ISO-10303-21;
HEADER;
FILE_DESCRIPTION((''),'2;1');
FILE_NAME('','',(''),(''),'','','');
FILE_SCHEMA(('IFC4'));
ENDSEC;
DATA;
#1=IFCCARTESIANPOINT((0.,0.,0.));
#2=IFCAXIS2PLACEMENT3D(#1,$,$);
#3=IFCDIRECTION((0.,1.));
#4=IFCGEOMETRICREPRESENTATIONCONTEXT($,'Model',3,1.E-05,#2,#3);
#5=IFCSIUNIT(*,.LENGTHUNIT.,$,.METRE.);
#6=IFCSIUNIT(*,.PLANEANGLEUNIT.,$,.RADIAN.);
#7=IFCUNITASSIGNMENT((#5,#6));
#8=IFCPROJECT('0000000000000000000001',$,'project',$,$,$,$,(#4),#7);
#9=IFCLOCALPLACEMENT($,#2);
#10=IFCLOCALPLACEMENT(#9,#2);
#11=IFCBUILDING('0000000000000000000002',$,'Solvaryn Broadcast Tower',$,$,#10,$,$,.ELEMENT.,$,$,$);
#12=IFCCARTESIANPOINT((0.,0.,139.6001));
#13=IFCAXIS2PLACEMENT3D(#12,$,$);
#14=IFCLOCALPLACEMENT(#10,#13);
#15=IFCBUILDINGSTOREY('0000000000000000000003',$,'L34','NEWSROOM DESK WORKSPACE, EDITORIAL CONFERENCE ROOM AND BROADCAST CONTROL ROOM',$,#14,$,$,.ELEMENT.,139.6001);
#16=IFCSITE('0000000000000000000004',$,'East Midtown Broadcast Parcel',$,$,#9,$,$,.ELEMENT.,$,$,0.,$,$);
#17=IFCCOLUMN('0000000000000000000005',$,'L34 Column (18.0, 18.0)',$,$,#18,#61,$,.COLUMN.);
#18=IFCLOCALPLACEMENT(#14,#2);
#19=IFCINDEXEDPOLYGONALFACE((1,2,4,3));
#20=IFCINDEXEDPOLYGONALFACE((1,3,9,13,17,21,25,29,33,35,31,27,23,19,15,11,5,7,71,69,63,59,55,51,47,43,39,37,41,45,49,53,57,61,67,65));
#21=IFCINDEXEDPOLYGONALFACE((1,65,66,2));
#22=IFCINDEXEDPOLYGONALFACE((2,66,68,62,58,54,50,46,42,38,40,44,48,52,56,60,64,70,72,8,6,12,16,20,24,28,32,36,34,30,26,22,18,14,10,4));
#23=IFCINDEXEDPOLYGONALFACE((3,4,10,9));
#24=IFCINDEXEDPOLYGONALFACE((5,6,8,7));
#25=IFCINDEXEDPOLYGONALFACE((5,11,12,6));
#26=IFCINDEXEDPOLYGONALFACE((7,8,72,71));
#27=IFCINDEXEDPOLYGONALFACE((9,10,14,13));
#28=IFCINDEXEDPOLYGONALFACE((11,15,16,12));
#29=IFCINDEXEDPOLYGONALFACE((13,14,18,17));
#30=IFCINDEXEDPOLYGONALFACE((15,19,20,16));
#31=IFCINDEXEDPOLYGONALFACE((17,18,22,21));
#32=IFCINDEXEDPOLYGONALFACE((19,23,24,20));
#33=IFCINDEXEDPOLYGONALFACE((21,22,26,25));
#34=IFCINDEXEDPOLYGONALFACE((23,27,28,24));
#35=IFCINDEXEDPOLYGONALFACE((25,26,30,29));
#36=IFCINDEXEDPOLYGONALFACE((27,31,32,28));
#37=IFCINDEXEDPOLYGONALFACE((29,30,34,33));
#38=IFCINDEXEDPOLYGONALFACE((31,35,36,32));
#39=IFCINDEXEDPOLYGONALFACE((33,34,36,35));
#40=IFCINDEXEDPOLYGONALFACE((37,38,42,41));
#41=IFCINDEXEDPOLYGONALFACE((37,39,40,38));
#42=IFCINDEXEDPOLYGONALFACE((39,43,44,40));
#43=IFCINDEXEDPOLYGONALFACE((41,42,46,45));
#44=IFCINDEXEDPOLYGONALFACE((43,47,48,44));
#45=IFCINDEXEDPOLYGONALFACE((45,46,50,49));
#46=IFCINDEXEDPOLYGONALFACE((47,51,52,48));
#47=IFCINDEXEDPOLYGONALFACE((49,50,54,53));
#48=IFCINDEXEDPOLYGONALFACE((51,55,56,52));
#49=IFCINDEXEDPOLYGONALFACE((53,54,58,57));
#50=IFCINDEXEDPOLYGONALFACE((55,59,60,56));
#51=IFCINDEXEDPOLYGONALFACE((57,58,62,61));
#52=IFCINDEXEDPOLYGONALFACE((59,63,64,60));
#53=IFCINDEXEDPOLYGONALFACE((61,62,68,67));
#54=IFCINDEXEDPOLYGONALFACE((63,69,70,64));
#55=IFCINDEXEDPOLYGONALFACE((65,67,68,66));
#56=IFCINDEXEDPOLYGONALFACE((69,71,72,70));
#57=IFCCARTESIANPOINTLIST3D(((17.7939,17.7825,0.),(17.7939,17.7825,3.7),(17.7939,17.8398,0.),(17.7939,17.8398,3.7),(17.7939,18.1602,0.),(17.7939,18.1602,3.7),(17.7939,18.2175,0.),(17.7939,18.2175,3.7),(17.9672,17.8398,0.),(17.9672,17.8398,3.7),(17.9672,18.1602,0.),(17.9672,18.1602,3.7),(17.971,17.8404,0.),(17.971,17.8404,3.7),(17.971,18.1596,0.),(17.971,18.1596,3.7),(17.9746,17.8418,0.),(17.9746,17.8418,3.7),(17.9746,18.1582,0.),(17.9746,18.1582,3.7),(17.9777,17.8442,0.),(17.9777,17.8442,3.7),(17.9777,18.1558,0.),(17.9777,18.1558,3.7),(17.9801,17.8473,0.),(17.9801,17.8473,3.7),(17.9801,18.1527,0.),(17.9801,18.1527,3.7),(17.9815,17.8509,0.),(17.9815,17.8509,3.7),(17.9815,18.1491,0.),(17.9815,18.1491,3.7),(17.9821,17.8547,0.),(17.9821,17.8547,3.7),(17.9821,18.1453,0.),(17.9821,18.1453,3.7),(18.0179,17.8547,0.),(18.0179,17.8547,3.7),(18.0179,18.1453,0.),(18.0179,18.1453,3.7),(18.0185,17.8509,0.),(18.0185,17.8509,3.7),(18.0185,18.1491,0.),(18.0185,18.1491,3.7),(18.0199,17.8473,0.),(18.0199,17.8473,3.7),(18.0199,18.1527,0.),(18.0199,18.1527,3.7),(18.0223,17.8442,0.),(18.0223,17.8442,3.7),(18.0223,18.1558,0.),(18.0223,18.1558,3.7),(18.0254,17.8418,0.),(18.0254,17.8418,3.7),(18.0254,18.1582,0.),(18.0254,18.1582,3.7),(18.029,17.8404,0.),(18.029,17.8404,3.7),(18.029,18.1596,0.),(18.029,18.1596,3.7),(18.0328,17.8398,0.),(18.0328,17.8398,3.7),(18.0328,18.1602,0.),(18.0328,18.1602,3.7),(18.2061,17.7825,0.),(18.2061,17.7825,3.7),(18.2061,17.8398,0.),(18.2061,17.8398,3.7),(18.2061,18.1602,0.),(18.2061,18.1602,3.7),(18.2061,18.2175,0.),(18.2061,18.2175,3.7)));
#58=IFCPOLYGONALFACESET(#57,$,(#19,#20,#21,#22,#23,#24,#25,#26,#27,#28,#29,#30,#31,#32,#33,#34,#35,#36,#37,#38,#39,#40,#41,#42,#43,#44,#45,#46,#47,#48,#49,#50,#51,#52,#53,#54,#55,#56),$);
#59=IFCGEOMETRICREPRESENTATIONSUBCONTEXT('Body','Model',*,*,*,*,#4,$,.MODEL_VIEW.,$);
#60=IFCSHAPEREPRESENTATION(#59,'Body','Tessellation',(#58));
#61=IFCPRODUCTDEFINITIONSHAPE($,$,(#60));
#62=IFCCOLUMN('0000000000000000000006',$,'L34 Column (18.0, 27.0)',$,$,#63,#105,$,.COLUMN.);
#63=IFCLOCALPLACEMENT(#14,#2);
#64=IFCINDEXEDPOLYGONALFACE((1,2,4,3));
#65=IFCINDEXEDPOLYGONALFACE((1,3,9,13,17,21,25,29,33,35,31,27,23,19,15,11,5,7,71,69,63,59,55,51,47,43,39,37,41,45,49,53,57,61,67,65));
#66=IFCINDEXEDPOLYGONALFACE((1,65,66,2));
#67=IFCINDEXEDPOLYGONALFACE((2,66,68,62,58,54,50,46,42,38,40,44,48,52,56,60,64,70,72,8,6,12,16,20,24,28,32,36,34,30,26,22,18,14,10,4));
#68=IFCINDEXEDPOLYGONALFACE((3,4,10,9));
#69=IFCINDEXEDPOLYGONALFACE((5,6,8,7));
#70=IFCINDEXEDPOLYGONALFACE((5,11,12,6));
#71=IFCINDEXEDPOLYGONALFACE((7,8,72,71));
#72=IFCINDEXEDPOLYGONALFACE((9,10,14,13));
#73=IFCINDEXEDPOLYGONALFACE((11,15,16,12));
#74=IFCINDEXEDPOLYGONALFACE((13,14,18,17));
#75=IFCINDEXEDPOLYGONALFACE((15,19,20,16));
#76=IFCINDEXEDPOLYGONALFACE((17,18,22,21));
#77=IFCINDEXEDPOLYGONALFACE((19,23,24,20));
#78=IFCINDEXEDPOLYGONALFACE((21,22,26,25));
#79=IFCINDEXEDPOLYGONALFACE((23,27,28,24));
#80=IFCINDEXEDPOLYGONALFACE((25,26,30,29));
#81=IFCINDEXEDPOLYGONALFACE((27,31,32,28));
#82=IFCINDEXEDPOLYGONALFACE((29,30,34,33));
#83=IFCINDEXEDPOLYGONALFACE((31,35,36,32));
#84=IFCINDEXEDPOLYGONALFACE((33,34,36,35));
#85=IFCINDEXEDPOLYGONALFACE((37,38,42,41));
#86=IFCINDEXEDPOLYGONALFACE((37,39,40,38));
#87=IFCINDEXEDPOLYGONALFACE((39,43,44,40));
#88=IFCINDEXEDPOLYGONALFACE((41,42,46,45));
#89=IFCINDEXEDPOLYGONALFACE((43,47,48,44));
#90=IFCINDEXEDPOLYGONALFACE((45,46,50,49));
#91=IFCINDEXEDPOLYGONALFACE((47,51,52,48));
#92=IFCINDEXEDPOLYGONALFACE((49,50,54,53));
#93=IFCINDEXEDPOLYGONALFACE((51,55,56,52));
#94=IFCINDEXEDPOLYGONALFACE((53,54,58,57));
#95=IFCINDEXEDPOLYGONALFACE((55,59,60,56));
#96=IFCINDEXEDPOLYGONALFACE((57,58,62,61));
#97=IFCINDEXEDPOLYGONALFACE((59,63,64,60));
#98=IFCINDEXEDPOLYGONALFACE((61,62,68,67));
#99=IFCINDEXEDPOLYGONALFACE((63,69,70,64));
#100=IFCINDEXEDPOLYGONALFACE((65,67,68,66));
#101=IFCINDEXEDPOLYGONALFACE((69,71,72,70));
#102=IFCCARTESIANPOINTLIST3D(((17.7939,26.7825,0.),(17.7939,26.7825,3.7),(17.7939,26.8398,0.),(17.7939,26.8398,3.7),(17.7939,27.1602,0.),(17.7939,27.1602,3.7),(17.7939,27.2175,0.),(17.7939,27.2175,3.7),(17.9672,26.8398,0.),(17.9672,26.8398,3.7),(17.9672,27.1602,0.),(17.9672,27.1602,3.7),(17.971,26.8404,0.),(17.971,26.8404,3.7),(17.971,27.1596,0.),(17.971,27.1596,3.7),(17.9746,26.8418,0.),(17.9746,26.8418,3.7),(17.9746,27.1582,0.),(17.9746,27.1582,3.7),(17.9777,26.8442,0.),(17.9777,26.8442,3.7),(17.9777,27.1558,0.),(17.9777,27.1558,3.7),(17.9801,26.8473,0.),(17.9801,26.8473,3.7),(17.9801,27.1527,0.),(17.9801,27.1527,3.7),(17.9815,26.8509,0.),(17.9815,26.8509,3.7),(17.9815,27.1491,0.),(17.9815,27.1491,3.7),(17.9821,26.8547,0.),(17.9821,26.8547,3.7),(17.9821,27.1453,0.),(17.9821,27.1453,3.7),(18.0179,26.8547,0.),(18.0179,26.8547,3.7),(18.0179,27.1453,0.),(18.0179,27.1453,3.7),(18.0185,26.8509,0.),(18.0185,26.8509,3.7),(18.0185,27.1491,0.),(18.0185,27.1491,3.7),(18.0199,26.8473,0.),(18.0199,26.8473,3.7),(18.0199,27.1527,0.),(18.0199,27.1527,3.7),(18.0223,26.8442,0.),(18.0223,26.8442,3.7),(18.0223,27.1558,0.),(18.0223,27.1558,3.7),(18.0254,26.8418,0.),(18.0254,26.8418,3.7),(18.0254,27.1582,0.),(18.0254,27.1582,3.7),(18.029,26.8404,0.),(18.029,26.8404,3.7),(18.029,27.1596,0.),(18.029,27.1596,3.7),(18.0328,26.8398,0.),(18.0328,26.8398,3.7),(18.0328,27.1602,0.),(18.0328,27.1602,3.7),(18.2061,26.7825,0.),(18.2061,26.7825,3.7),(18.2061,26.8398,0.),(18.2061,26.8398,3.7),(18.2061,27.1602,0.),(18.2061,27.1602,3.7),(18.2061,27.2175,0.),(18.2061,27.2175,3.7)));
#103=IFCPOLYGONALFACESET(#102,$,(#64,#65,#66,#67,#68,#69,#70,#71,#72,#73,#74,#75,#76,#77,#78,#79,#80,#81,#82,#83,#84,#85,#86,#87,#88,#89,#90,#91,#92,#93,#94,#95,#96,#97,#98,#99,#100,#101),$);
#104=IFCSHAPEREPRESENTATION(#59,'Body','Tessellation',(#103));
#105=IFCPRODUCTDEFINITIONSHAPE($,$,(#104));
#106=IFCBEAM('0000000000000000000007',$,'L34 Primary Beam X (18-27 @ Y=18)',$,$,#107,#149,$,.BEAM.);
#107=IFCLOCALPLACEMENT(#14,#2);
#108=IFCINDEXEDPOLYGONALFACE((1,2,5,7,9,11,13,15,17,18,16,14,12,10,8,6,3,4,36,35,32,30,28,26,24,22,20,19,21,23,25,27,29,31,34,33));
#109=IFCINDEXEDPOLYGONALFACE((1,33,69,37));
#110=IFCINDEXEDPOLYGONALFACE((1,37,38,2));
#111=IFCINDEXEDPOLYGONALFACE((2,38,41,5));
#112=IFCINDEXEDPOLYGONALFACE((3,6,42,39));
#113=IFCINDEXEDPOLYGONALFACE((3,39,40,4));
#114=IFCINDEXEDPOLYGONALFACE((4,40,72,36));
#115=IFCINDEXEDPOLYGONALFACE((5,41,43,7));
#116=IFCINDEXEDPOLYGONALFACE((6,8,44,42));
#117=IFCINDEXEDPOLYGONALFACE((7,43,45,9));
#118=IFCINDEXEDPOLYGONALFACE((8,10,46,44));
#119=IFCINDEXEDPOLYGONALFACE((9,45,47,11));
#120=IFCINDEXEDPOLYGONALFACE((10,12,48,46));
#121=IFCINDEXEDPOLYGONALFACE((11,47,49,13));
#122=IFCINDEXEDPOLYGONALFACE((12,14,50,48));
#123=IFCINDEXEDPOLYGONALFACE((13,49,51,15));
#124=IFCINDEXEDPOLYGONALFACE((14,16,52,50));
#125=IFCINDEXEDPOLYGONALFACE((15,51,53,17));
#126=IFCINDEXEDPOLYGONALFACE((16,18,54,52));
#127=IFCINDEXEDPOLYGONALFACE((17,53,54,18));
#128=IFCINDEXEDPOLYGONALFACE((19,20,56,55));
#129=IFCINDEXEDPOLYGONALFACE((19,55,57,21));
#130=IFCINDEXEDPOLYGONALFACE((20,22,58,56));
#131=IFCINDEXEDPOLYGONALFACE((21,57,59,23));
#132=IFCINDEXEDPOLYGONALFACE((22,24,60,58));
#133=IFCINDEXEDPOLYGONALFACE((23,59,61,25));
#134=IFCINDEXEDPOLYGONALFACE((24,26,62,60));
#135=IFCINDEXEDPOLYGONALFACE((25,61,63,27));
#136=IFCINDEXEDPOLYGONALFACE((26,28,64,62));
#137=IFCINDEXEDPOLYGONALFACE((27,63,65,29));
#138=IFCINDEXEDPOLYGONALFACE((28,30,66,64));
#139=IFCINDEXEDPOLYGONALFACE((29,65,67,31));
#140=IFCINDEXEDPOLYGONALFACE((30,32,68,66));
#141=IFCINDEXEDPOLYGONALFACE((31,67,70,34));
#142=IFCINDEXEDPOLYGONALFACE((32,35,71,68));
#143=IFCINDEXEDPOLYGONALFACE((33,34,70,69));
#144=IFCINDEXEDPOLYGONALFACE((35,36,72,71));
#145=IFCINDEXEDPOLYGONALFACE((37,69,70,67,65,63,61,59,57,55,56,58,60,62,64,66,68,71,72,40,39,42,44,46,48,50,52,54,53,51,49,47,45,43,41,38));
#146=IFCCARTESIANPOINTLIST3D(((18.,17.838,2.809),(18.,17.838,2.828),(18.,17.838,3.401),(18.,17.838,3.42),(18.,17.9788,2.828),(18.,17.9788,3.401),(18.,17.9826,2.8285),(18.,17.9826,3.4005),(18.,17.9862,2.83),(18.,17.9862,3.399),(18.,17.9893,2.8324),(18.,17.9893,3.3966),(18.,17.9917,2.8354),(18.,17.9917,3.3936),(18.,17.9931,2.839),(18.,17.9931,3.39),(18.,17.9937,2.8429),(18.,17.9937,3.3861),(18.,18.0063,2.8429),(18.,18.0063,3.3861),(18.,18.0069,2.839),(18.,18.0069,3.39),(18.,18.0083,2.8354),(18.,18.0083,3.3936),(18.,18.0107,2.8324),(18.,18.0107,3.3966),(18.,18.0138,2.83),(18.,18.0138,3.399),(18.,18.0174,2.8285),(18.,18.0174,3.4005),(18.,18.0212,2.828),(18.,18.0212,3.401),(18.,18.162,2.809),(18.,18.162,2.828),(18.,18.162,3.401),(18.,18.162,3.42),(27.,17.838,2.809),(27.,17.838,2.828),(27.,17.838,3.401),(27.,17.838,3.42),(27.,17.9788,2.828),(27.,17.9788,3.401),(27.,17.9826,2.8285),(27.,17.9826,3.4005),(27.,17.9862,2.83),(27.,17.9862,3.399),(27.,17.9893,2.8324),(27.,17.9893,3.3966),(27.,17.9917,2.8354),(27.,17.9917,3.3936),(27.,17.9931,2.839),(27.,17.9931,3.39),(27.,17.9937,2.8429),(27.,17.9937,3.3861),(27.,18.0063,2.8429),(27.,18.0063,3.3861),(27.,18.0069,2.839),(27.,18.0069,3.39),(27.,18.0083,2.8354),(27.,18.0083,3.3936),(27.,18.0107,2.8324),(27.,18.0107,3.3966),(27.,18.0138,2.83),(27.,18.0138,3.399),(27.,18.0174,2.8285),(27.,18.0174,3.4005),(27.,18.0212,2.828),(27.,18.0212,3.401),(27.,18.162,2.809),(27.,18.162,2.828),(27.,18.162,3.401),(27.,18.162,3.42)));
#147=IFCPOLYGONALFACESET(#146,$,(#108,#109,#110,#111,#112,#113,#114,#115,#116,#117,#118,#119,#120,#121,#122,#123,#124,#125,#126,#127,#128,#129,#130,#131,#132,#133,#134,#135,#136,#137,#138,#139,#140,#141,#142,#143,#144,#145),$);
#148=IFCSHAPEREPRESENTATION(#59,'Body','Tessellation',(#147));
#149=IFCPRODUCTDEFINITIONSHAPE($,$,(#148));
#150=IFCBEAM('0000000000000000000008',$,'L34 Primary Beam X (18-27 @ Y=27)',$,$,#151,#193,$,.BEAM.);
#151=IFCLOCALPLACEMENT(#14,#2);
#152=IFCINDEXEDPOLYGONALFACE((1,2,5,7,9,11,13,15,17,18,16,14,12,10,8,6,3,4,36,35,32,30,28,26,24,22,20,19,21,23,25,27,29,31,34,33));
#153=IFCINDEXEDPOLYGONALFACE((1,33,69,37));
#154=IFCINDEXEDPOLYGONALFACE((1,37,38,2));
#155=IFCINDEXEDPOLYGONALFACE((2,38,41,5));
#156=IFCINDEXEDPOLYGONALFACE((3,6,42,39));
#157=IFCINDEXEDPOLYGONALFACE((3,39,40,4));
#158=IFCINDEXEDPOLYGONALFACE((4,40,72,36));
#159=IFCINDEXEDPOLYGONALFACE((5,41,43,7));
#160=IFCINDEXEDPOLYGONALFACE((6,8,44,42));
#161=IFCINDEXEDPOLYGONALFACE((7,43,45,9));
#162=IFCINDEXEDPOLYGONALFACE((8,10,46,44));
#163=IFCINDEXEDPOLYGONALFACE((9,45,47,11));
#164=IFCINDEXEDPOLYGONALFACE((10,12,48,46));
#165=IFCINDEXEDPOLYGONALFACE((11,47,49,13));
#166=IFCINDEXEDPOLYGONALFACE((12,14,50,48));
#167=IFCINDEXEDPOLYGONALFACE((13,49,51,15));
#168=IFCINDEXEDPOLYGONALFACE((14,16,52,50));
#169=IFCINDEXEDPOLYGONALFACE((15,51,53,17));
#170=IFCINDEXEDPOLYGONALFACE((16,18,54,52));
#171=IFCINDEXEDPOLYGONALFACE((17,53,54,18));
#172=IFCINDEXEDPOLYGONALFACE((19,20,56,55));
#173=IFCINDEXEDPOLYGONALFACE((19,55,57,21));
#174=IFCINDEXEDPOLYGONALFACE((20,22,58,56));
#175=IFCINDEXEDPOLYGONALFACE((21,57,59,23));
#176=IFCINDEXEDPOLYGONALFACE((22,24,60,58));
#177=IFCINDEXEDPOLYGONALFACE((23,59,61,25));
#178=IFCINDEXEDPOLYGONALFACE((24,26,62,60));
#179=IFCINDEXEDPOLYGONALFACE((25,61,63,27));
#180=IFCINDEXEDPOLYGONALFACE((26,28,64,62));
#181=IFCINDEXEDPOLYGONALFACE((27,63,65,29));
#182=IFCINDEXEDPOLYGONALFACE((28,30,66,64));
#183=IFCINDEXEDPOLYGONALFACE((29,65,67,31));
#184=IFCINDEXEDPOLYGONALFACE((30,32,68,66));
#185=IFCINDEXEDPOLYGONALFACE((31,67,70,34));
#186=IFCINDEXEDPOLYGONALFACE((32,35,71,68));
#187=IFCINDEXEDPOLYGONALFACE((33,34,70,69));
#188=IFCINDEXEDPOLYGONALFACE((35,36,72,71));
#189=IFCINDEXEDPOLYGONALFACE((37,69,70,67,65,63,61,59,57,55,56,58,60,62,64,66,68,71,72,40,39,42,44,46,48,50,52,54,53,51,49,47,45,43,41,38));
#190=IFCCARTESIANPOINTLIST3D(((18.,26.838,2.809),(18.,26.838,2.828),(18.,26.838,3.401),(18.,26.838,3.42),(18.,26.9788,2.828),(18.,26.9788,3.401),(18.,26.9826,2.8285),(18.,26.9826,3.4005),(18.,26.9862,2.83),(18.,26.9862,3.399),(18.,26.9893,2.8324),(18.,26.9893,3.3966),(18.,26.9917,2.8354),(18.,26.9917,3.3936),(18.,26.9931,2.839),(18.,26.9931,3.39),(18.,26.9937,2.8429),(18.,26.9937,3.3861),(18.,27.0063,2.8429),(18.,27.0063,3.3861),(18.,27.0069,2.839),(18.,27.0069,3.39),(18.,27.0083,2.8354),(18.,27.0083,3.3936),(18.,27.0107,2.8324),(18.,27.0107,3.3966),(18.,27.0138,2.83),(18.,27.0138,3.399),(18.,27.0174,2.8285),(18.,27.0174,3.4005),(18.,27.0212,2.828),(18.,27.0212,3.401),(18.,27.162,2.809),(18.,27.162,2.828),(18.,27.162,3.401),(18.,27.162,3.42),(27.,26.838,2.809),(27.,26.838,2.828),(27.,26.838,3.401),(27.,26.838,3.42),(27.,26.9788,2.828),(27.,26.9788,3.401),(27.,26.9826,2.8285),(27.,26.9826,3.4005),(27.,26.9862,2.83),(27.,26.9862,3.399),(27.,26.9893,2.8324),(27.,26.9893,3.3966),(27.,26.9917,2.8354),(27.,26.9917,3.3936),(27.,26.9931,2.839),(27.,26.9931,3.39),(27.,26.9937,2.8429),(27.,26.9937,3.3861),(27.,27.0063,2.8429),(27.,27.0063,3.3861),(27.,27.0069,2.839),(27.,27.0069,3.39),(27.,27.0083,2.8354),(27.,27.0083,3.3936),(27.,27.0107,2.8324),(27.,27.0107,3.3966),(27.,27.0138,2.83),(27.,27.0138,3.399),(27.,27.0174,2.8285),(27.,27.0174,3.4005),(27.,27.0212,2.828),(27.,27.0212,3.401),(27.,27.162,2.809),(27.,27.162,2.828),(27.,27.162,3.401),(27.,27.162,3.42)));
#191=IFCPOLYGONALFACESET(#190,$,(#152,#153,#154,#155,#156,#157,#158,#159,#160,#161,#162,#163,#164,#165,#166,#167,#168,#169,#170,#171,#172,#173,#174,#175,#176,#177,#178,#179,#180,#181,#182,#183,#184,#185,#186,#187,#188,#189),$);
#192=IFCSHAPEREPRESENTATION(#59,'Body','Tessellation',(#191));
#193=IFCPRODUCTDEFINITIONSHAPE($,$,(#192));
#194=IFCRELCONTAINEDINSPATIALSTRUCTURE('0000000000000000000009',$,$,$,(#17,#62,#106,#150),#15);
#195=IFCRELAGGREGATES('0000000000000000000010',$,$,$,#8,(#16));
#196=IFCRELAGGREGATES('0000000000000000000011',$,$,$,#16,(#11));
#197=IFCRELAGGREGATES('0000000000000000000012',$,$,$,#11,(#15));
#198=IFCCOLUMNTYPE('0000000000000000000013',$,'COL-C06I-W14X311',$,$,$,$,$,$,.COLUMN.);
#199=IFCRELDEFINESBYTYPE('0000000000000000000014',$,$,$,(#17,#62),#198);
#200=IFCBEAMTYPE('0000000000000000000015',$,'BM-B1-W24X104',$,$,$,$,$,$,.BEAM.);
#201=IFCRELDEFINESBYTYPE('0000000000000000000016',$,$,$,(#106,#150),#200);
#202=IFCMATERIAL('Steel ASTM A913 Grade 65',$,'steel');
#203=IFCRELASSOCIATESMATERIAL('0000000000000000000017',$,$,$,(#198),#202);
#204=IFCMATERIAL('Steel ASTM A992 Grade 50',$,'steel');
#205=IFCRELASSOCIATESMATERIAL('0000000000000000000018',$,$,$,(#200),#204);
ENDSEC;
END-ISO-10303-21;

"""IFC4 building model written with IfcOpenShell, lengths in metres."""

from ifc_helpers import new_model, si_unit, direction, frame, origin, origin_2d, place, context, subcontext, project, spatial, i_section, extrude, material, material_profile, profile_set, type_object, element, save


model = new_model("IFC4")

# Units and contexts
model_context = context("Model", 3, precision=1e-05, world=origin(), true_north=direction((0.0, 1.0)))
body_context = subcontext(model_context, "Body", "Model", "MODEL_VIEW")
ifc_project = project(units=[si_unit("LENGTHUNIT", "METRE"), si_unit("PLANEANGLEUNIT", "RADIAN")], contexts=[model_context])

# Site, building, storey
site_placement = place(None, origin())
site = spatial("IfcSite", under=ifc_project, at=site_placement, Name="East Midtown Broadcast Parcel", CompositionType="ELEMENT", RefElevation=0.0)
building_placement = place(site_placement, origin())
building = spatial("IfcBuilding", under=site, at=building_placement, Name="Solvaryn Broadcast Tower", CompositionType="ELEMENT")
storey_placement = place(building_placement, frame((0.0, 0.0, 139.6001)))
storey = spatial("IfcBuildingStorey", under=building, at=storey_placement, Name="L34", Description="NEWSROOM DESK WORKSPACE, EDITORIAL CONFERENCE ROOM AND BROADCAST CONTROL ROOM", CompositionType="ELEMENT", Elevation=139.6001)

# Columns
ifc_material_1 = material(Name="Steel ASTM A913 Grade 65", Category="steel")
ifc_material_profile_1 = material_profile(ifc_material_1, i_section(OverallWidth=0.4121, OverallDepth=0.4351, WebThickness=0.0359, FlangeThickness=0.0574, FilletRadius=0.0149, at=origin_2d()))
ifc_profile_set_1 = profile_set([ifc_material_profile_1], Name="Steel ASTM A913 Grade 65")
column_type = type_object("IfcColumnType", Name="COL-C06I-W14X311", PredefinedType="COLUMN", material=ifc_profile_set_1)
for number, where, z_axis, x_axis, name in (
    (1, (18.0, 18.0, 0.0), (0.0, 0.0, 1.0), (1.0, 0.0, 0.0), "L34 Column (18.0, 18.0)"),
    (2, (18.0, 27.0, 0.0), (0.0, 0.0, 1.0), (1.0, 0.0, 0.0), "L34 Column (18.0, 27.0)"),
):
    element("IfcColumn", number, at=place(storey_placement, frame(where, z_axis=z_axis, x_axis=x_axis)), inside=storey, type_object=column_type, Name=name, PredefinedType="COLUMN", context=body_context, shape_type="SweptSolid", body=[
        extrude(i_section(OverallWidth=0.4121, OverallDepth=0.4351, WebThickness=0.0359, FlangeThickness=0.0574, FilletRadius=0.0149, at=origin_2d()), origin(), (0.0, 0.0, 1.0), 3.7),
    ])

# Beams
ifc_material_2 = material(Name="Steel ASTM A992 Grade 50", Category="steel")
ifc_material_profile_2 = material_profile(ifc_material_2, i_section(OverallWidth=0.324, OverallDepth=0.6111, WebThickness=0.0127, FlangeThickness=0.019, FilletRadius=0.0149, at=origin_2d()))
ifc_profile_set_2 = profile_set([ifc_material_profile_2], Name="Steel ASTM A992 Grade 50")
beam_type_1 = type_object("IfcBeamType", Name="BM-B1-W24X104", PredefinedType="BEAM", material=ifc_profile_set_2)
for number, where, z_axis, x_axis, name in (
    (3, (18.0, 18.0, 3.1145), (1.0, 0.0, 0.0), (0.0, 1.0, 0.0), "L34 Primary Beam X (18-27 @ Y=18)"),
    (4, (18.0, 27.0, 3.1145), (1.0, 0.0, 0.0), (0.0, 1.0, 0.0), "L34 Primary Beam X (18-27 @ Y=27)"),
):
    element("IfcBeam", number, at=place(storey_placement, frame(where, z_axis=z_axis, x_axis=x_axis)), inside=storey, type_object=beam_type_1, Name=name, PredefinedType="BEAM", context=body_context, shape_type="SweptSolid", body=[
        extrude(i_section(OverallWidth=0.324, OverallDepth=0.6111, WebThickness=0.0127, FlangeThickness=0.019, FilletRadius=0.0149, at=origin_2d()), origin(), (0.0, 0.0, 1.0), 9.0),
    ])

save(model, "model.ifc")
